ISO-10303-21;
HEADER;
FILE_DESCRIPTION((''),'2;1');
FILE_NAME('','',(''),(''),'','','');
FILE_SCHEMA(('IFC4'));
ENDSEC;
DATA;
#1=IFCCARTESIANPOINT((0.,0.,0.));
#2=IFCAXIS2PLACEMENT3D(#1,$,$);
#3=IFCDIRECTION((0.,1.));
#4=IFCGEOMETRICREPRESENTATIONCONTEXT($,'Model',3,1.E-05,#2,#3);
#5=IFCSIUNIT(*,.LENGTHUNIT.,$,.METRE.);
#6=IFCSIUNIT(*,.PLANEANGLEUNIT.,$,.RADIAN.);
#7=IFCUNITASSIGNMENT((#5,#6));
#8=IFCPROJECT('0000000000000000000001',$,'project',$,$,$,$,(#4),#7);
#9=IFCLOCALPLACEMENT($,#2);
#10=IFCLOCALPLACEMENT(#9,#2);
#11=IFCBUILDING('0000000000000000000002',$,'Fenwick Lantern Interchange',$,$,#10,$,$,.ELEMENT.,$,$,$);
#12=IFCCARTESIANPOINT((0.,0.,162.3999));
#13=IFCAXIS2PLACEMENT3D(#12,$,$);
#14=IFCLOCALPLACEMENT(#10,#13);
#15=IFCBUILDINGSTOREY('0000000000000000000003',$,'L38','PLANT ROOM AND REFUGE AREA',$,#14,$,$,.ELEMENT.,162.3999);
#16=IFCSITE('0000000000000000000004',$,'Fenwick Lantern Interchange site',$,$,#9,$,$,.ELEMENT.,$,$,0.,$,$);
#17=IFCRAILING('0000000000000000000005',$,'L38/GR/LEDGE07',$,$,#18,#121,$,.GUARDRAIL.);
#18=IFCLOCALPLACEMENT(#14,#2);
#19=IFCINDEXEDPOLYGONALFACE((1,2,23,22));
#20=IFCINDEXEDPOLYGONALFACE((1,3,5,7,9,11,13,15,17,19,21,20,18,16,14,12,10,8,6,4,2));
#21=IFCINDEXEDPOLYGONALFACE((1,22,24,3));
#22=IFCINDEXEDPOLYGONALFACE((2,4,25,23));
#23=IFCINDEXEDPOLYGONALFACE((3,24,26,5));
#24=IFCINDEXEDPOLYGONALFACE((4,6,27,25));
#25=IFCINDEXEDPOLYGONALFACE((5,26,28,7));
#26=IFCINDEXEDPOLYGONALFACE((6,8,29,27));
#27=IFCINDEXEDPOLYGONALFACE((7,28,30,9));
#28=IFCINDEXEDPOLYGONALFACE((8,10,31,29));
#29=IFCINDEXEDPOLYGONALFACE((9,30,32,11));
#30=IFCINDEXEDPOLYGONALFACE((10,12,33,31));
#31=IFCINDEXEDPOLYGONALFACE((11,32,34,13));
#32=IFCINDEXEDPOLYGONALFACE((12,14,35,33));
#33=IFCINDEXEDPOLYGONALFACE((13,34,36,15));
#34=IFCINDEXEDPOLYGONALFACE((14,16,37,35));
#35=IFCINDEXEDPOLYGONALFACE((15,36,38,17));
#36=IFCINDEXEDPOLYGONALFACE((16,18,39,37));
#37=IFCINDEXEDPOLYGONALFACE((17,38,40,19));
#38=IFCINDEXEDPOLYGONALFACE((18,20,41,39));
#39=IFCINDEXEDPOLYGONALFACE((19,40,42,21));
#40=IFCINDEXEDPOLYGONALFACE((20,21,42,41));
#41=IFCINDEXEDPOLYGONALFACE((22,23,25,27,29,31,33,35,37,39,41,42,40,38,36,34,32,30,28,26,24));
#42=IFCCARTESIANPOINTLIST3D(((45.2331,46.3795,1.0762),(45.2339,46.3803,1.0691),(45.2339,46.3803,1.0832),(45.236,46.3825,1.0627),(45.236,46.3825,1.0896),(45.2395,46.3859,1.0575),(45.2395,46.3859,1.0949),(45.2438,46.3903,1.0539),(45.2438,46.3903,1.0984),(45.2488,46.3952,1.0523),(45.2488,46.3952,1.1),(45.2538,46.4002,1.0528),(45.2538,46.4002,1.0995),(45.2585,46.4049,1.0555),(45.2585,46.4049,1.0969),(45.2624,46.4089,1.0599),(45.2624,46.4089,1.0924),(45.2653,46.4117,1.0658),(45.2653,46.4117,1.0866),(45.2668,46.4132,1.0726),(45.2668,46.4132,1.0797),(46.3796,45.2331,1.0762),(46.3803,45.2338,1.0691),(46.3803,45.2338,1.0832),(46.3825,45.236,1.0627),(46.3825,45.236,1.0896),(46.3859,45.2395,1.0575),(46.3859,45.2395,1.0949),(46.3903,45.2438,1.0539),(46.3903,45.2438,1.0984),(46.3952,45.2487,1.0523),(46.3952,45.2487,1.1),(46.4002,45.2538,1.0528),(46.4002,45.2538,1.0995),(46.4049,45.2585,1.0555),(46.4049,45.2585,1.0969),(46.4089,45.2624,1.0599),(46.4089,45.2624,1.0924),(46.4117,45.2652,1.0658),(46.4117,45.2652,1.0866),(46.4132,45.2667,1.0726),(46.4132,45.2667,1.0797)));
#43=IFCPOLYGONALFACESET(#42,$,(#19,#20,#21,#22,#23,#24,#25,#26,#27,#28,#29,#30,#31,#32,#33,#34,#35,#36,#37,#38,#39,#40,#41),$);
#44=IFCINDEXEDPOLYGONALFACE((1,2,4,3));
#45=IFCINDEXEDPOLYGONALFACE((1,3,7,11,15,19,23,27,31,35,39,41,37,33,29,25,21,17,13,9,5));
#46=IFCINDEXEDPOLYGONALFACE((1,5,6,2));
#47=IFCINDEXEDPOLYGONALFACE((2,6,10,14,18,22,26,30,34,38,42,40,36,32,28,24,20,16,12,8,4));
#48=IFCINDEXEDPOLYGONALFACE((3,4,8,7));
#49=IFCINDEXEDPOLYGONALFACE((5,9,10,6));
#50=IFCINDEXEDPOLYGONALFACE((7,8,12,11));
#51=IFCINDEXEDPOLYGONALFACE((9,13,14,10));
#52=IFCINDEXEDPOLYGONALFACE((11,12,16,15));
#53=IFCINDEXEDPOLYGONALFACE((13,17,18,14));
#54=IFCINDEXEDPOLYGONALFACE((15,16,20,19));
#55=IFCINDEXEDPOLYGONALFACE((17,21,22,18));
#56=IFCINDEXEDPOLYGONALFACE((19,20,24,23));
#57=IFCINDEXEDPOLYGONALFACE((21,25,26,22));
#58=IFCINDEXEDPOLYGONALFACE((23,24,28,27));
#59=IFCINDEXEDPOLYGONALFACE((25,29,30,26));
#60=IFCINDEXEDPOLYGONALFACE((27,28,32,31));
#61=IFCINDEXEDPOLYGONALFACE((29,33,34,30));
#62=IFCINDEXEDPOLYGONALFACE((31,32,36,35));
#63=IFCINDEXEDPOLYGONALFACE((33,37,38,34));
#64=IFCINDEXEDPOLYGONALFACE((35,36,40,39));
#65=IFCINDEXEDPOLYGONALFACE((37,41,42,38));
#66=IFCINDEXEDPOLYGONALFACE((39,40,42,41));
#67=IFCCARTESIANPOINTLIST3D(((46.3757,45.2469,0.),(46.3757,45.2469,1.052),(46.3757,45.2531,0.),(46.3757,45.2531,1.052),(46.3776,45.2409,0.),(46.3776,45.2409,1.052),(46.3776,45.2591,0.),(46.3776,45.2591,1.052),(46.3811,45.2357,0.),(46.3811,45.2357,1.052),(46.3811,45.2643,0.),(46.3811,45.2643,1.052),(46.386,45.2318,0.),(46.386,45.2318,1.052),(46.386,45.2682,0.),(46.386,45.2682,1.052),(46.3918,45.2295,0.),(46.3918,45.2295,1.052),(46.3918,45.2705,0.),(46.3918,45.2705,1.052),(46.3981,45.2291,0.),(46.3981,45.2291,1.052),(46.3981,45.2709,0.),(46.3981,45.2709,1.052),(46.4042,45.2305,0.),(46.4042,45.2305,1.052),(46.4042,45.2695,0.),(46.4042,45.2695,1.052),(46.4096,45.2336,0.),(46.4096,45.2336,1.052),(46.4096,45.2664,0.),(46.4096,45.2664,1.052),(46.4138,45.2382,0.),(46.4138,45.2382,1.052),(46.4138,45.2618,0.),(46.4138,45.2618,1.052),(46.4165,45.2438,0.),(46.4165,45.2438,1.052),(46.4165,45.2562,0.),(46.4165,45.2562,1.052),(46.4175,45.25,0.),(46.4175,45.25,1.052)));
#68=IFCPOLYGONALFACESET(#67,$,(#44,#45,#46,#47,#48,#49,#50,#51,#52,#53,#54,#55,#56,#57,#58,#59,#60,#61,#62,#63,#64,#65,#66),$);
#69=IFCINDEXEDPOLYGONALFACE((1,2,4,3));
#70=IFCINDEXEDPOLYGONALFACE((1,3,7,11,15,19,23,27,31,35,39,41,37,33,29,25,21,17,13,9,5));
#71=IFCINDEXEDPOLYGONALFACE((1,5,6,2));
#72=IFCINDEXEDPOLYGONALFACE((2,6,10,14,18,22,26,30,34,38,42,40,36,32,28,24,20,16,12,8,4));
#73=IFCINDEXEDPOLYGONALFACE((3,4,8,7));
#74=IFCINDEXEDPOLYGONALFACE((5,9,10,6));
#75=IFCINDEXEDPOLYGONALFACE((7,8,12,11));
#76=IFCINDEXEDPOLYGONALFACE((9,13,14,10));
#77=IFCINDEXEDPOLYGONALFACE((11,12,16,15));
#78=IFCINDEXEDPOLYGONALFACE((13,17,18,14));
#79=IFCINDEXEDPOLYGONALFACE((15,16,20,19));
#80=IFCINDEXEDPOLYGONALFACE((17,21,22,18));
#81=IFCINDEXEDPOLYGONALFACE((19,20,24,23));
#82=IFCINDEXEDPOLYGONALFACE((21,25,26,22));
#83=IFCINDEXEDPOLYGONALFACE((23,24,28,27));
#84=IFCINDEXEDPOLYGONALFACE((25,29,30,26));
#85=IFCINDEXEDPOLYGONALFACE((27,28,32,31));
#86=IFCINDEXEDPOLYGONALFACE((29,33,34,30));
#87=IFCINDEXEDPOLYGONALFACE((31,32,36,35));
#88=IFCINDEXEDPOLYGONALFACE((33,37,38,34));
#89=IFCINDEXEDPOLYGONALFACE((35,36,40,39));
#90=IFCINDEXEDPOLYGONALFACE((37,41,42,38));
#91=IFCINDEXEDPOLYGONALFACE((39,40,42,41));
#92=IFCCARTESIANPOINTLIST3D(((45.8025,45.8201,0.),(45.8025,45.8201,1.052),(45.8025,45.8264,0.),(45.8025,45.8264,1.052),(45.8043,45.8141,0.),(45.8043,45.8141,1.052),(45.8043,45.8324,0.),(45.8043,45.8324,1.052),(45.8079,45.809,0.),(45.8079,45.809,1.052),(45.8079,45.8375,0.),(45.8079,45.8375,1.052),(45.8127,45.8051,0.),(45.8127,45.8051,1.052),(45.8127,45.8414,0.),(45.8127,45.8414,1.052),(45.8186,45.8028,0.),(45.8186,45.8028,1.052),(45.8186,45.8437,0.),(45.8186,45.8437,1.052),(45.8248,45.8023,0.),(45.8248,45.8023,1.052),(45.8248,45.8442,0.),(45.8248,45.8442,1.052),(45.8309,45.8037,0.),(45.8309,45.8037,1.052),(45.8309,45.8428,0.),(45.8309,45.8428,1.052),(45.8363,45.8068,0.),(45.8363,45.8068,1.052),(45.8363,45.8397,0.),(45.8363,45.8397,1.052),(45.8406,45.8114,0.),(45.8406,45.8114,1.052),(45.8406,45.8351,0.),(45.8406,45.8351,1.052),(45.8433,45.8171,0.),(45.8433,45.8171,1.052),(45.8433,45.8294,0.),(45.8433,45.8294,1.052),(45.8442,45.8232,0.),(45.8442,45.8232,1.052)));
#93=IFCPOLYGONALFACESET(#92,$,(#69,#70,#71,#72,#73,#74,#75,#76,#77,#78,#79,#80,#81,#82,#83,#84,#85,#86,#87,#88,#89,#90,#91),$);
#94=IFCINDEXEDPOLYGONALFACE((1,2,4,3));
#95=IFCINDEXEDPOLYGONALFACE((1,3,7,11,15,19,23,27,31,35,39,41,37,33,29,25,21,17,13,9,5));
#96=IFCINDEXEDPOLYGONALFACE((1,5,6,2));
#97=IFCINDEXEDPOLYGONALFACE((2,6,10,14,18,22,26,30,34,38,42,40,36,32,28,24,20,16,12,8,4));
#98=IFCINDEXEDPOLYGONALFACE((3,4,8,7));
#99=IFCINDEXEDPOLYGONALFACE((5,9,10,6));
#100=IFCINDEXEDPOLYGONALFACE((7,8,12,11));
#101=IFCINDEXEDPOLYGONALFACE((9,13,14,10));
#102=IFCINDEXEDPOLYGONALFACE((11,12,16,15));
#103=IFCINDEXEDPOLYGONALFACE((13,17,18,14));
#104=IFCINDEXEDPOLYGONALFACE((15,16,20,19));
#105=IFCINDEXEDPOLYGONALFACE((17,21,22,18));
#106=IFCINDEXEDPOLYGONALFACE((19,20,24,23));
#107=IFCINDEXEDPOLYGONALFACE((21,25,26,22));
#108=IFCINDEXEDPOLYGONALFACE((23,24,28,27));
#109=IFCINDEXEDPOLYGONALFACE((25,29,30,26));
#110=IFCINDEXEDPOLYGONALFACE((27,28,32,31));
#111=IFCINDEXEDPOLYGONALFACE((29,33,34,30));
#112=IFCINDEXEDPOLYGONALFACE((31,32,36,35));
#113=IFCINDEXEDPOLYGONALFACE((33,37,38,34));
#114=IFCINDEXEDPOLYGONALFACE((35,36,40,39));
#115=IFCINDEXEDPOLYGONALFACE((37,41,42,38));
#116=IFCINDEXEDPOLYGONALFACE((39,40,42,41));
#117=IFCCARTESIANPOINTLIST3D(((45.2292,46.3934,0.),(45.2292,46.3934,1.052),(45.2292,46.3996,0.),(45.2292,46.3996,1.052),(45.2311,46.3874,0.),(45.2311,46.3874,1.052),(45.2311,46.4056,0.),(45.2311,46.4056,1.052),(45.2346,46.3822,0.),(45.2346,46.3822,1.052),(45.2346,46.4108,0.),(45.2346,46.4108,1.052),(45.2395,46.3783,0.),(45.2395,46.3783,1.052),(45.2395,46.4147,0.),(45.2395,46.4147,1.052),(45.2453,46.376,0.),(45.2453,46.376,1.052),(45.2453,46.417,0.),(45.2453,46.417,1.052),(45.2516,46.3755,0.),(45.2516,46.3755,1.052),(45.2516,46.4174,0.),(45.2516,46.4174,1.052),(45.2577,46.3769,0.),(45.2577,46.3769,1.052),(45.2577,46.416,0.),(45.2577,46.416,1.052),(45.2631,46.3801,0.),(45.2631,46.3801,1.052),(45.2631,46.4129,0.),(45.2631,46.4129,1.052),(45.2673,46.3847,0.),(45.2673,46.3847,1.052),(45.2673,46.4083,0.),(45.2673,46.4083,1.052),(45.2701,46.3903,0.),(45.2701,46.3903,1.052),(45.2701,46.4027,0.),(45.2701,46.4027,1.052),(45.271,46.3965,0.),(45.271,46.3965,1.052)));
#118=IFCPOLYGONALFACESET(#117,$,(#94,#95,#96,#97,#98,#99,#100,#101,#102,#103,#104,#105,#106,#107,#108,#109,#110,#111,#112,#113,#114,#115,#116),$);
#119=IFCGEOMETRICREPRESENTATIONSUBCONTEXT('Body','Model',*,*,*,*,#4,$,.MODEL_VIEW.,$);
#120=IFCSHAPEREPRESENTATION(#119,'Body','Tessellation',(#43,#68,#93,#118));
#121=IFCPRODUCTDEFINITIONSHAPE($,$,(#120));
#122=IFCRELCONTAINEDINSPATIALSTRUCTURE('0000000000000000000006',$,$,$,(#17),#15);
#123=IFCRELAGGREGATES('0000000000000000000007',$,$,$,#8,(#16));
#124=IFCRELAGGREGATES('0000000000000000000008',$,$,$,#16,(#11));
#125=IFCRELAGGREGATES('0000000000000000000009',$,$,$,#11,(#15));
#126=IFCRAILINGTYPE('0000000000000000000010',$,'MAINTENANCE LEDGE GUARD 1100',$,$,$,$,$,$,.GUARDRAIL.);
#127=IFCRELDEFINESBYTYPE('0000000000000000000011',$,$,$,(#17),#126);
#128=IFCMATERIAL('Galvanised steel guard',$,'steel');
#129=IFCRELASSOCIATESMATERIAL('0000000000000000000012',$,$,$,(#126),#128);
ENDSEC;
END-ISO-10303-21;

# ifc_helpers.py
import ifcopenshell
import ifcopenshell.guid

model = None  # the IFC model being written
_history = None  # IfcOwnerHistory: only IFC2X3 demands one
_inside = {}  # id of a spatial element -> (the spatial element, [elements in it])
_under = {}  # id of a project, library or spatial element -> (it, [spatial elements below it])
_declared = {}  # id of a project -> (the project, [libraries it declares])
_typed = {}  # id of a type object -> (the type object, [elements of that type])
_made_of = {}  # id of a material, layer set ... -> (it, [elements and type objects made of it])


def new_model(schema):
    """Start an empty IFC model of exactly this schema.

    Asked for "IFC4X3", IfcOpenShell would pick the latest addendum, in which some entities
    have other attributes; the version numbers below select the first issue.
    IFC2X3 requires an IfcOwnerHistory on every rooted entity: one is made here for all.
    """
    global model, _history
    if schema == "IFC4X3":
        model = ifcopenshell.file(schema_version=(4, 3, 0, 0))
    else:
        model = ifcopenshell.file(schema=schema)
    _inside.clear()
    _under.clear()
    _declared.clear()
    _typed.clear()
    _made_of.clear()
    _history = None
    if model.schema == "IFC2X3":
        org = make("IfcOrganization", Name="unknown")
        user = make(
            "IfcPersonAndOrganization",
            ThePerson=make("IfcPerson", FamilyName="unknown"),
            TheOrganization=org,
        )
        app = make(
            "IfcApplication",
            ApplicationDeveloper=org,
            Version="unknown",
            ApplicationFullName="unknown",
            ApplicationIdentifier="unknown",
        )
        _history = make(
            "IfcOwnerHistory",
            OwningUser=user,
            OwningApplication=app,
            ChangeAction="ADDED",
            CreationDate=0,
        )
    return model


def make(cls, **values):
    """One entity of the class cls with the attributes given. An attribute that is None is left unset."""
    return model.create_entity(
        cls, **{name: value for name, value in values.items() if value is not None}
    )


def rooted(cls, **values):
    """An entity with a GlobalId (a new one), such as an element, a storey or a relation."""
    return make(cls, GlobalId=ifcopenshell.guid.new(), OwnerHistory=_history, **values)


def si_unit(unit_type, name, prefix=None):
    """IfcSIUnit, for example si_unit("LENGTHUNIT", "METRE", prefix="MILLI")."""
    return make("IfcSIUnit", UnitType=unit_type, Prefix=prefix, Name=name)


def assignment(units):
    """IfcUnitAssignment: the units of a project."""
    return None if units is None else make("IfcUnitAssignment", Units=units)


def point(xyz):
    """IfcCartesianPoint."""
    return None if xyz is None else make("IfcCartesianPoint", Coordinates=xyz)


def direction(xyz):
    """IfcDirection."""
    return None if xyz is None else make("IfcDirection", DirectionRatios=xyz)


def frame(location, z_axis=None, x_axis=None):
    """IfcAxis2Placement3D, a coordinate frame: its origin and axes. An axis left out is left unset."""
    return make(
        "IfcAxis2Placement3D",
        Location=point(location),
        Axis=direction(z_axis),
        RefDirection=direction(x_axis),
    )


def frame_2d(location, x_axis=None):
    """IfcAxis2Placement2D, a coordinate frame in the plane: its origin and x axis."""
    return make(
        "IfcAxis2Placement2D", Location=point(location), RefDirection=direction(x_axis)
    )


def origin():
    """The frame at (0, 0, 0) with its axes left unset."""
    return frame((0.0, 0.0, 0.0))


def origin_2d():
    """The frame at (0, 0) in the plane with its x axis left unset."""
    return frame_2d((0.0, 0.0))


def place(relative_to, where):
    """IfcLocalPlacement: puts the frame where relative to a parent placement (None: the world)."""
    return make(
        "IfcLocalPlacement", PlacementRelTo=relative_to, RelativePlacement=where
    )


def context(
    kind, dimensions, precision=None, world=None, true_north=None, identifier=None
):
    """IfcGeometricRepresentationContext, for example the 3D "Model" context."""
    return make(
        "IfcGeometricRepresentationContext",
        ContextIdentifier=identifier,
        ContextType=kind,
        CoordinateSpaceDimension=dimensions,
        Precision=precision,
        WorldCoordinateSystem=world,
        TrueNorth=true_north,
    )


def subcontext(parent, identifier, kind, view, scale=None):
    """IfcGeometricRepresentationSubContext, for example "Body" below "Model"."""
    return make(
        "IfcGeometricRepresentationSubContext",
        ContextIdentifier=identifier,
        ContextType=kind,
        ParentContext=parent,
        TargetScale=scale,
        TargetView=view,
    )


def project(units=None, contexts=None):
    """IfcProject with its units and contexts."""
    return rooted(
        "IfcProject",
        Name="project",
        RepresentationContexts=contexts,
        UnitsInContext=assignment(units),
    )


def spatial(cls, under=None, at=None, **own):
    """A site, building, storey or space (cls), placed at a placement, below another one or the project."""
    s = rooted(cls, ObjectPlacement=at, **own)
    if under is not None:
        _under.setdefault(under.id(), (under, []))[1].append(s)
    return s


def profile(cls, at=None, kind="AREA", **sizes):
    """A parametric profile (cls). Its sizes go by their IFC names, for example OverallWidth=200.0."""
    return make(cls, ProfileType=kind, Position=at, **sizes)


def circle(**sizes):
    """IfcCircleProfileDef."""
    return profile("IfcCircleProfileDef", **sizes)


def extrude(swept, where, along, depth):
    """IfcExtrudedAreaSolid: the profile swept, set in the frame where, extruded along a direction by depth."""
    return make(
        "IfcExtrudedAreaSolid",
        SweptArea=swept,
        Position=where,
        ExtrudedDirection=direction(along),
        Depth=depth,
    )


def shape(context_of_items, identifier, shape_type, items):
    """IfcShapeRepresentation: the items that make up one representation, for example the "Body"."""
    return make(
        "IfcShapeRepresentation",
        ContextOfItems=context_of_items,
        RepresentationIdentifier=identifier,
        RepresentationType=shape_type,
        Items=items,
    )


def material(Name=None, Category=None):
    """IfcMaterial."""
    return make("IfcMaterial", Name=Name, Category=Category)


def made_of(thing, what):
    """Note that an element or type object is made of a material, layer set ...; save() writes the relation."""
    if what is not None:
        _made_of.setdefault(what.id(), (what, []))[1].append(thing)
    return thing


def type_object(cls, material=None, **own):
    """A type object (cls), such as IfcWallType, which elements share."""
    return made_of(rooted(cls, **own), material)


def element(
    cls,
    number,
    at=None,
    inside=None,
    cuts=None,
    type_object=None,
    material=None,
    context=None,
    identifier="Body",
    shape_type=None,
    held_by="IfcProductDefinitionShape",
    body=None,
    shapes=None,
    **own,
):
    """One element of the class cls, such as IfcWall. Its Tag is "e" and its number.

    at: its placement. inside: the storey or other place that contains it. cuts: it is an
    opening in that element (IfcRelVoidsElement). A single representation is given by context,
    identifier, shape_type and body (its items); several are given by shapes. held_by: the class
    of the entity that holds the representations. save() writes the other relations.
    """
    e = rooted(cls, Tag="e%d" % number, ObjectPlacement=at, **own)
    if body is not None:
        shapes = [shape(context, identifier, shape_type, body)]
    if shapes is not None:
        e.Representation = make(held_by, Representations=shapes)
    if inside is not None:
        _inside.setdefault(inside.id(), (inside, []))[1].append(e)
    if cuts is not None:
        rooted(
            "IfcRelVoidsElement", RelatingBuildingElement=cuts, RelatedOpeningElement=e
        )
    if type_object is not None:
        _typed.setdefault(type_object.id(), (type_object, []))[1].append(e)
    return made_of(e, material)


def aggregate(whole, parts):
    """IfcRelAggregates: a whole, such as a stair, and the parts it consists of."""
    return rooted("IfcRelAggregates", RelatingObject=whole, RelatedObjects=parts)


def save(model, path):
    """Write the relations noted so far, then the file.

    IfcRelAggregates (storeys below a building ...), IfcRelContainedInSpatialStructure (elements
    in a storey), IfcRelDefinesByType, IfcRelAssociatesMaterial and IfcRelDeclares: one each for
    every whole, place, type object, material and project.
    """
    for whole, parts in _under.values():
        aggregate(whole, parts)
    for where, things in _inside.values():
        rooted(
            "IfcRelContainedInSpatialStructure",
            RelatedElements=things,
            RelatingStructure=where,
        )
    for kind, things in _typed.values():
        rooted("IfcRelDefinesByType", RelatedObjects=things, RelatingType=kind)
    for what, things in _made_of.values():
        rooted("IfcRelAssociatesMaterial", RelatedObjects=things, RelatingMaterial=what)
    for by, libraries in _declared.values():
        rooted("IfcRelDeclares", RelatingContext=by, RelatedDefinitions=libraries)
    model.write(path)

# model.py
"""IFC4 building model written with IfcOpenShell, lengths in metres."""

from ifc_helpers import new_model, si_unit, direction, frame, origin, origin_2d, place, context, subcontext, project, spatial, circle, extrude, material, type_object, element, save


model = new_model("IFC4")

# Units and contexts
model_context = context("Model", 3, precision=1e-05, world=origin(), true_north=direction((0.0, 1.0)))
body_context = subcontext(model_context, "Body", "Model", "MODEL_VIEW")
ifc_project = project(units=[si_unit("LENGTHUNIT", "METRE"), si_unit("PLANEANGLEUNIT", "RADIAN")], contexts=[model_context])

# Site, building, storey
site_placement = place(None, origin())
site = spatial("IfcSite", under=ifc_project, at=site_placement, Name="Fenwick Lantern Interchange site", CompositionType="ELEMENT", RefElevation=0.0)
building_placement = place(site_placement, origin())
building = spatial("IfcBuilding", under=site, at=building_placement, Name="Fenwick Lantern Interchange", CompositionType="ELEMENT")
storey_placement = place(building_placement, frame((0.0, 0.0, 162.3999)))
storey = spatial("IfcBuildingStorey", under=building, at=storey_placement, Name="L38", Description="PLANT ROOM AND REFUGE AREA", CompositionType="ELEMENT", Elevation=162.3999)

# Railing
ifc_material_1 = material(Name="Galvanised steel guard", Category="steel")
railing_type = type_object("IfcRailingType", Name="MAINTENANCE LEDGE GUARD 1100", PredefinedType="GUARDRAIL", material=ifc_material_1)
railing_1_placement = place(storey_placement, frame((46.3965, 45.25, 0.0)))
element("IfcRailing", 1, at=railing_1_placement, inside=storey, type_object=railing_type, Name="L38/GR/LEDGE07", PredefinedType="GUARDRAIL", context=body_context, shape_type="SweptSolid", body=[
    extrude(circle(Radius=0.0239, at=origin_2d()), frame((0.0, 0.0, 1.0762), z_axis=(-0.707107, 0.707107, 0.0), x_axis=(-0.707107, -0.707107, 0.0)), (0.0, 0.0, 1.0), 1.6213),
    extrude(circle(Radius=0.021, at=origin_2d()), origin(), (0.0, 0.0, 1.0), 1.052),
    extrude(circle(Radius=0.021, at=origin_2d()), frame((-0.5732, 0.5732, 0.0)), (0.0, 0.0, 1.0), 1.052),
    extrude(circle(Radius=0.021, at=origin_2d()), frame((-1.1465, 1.1465, 0.0)), (0.0, 0.0, 1.0), 1.052),
])

save(model, "model.ifc")
